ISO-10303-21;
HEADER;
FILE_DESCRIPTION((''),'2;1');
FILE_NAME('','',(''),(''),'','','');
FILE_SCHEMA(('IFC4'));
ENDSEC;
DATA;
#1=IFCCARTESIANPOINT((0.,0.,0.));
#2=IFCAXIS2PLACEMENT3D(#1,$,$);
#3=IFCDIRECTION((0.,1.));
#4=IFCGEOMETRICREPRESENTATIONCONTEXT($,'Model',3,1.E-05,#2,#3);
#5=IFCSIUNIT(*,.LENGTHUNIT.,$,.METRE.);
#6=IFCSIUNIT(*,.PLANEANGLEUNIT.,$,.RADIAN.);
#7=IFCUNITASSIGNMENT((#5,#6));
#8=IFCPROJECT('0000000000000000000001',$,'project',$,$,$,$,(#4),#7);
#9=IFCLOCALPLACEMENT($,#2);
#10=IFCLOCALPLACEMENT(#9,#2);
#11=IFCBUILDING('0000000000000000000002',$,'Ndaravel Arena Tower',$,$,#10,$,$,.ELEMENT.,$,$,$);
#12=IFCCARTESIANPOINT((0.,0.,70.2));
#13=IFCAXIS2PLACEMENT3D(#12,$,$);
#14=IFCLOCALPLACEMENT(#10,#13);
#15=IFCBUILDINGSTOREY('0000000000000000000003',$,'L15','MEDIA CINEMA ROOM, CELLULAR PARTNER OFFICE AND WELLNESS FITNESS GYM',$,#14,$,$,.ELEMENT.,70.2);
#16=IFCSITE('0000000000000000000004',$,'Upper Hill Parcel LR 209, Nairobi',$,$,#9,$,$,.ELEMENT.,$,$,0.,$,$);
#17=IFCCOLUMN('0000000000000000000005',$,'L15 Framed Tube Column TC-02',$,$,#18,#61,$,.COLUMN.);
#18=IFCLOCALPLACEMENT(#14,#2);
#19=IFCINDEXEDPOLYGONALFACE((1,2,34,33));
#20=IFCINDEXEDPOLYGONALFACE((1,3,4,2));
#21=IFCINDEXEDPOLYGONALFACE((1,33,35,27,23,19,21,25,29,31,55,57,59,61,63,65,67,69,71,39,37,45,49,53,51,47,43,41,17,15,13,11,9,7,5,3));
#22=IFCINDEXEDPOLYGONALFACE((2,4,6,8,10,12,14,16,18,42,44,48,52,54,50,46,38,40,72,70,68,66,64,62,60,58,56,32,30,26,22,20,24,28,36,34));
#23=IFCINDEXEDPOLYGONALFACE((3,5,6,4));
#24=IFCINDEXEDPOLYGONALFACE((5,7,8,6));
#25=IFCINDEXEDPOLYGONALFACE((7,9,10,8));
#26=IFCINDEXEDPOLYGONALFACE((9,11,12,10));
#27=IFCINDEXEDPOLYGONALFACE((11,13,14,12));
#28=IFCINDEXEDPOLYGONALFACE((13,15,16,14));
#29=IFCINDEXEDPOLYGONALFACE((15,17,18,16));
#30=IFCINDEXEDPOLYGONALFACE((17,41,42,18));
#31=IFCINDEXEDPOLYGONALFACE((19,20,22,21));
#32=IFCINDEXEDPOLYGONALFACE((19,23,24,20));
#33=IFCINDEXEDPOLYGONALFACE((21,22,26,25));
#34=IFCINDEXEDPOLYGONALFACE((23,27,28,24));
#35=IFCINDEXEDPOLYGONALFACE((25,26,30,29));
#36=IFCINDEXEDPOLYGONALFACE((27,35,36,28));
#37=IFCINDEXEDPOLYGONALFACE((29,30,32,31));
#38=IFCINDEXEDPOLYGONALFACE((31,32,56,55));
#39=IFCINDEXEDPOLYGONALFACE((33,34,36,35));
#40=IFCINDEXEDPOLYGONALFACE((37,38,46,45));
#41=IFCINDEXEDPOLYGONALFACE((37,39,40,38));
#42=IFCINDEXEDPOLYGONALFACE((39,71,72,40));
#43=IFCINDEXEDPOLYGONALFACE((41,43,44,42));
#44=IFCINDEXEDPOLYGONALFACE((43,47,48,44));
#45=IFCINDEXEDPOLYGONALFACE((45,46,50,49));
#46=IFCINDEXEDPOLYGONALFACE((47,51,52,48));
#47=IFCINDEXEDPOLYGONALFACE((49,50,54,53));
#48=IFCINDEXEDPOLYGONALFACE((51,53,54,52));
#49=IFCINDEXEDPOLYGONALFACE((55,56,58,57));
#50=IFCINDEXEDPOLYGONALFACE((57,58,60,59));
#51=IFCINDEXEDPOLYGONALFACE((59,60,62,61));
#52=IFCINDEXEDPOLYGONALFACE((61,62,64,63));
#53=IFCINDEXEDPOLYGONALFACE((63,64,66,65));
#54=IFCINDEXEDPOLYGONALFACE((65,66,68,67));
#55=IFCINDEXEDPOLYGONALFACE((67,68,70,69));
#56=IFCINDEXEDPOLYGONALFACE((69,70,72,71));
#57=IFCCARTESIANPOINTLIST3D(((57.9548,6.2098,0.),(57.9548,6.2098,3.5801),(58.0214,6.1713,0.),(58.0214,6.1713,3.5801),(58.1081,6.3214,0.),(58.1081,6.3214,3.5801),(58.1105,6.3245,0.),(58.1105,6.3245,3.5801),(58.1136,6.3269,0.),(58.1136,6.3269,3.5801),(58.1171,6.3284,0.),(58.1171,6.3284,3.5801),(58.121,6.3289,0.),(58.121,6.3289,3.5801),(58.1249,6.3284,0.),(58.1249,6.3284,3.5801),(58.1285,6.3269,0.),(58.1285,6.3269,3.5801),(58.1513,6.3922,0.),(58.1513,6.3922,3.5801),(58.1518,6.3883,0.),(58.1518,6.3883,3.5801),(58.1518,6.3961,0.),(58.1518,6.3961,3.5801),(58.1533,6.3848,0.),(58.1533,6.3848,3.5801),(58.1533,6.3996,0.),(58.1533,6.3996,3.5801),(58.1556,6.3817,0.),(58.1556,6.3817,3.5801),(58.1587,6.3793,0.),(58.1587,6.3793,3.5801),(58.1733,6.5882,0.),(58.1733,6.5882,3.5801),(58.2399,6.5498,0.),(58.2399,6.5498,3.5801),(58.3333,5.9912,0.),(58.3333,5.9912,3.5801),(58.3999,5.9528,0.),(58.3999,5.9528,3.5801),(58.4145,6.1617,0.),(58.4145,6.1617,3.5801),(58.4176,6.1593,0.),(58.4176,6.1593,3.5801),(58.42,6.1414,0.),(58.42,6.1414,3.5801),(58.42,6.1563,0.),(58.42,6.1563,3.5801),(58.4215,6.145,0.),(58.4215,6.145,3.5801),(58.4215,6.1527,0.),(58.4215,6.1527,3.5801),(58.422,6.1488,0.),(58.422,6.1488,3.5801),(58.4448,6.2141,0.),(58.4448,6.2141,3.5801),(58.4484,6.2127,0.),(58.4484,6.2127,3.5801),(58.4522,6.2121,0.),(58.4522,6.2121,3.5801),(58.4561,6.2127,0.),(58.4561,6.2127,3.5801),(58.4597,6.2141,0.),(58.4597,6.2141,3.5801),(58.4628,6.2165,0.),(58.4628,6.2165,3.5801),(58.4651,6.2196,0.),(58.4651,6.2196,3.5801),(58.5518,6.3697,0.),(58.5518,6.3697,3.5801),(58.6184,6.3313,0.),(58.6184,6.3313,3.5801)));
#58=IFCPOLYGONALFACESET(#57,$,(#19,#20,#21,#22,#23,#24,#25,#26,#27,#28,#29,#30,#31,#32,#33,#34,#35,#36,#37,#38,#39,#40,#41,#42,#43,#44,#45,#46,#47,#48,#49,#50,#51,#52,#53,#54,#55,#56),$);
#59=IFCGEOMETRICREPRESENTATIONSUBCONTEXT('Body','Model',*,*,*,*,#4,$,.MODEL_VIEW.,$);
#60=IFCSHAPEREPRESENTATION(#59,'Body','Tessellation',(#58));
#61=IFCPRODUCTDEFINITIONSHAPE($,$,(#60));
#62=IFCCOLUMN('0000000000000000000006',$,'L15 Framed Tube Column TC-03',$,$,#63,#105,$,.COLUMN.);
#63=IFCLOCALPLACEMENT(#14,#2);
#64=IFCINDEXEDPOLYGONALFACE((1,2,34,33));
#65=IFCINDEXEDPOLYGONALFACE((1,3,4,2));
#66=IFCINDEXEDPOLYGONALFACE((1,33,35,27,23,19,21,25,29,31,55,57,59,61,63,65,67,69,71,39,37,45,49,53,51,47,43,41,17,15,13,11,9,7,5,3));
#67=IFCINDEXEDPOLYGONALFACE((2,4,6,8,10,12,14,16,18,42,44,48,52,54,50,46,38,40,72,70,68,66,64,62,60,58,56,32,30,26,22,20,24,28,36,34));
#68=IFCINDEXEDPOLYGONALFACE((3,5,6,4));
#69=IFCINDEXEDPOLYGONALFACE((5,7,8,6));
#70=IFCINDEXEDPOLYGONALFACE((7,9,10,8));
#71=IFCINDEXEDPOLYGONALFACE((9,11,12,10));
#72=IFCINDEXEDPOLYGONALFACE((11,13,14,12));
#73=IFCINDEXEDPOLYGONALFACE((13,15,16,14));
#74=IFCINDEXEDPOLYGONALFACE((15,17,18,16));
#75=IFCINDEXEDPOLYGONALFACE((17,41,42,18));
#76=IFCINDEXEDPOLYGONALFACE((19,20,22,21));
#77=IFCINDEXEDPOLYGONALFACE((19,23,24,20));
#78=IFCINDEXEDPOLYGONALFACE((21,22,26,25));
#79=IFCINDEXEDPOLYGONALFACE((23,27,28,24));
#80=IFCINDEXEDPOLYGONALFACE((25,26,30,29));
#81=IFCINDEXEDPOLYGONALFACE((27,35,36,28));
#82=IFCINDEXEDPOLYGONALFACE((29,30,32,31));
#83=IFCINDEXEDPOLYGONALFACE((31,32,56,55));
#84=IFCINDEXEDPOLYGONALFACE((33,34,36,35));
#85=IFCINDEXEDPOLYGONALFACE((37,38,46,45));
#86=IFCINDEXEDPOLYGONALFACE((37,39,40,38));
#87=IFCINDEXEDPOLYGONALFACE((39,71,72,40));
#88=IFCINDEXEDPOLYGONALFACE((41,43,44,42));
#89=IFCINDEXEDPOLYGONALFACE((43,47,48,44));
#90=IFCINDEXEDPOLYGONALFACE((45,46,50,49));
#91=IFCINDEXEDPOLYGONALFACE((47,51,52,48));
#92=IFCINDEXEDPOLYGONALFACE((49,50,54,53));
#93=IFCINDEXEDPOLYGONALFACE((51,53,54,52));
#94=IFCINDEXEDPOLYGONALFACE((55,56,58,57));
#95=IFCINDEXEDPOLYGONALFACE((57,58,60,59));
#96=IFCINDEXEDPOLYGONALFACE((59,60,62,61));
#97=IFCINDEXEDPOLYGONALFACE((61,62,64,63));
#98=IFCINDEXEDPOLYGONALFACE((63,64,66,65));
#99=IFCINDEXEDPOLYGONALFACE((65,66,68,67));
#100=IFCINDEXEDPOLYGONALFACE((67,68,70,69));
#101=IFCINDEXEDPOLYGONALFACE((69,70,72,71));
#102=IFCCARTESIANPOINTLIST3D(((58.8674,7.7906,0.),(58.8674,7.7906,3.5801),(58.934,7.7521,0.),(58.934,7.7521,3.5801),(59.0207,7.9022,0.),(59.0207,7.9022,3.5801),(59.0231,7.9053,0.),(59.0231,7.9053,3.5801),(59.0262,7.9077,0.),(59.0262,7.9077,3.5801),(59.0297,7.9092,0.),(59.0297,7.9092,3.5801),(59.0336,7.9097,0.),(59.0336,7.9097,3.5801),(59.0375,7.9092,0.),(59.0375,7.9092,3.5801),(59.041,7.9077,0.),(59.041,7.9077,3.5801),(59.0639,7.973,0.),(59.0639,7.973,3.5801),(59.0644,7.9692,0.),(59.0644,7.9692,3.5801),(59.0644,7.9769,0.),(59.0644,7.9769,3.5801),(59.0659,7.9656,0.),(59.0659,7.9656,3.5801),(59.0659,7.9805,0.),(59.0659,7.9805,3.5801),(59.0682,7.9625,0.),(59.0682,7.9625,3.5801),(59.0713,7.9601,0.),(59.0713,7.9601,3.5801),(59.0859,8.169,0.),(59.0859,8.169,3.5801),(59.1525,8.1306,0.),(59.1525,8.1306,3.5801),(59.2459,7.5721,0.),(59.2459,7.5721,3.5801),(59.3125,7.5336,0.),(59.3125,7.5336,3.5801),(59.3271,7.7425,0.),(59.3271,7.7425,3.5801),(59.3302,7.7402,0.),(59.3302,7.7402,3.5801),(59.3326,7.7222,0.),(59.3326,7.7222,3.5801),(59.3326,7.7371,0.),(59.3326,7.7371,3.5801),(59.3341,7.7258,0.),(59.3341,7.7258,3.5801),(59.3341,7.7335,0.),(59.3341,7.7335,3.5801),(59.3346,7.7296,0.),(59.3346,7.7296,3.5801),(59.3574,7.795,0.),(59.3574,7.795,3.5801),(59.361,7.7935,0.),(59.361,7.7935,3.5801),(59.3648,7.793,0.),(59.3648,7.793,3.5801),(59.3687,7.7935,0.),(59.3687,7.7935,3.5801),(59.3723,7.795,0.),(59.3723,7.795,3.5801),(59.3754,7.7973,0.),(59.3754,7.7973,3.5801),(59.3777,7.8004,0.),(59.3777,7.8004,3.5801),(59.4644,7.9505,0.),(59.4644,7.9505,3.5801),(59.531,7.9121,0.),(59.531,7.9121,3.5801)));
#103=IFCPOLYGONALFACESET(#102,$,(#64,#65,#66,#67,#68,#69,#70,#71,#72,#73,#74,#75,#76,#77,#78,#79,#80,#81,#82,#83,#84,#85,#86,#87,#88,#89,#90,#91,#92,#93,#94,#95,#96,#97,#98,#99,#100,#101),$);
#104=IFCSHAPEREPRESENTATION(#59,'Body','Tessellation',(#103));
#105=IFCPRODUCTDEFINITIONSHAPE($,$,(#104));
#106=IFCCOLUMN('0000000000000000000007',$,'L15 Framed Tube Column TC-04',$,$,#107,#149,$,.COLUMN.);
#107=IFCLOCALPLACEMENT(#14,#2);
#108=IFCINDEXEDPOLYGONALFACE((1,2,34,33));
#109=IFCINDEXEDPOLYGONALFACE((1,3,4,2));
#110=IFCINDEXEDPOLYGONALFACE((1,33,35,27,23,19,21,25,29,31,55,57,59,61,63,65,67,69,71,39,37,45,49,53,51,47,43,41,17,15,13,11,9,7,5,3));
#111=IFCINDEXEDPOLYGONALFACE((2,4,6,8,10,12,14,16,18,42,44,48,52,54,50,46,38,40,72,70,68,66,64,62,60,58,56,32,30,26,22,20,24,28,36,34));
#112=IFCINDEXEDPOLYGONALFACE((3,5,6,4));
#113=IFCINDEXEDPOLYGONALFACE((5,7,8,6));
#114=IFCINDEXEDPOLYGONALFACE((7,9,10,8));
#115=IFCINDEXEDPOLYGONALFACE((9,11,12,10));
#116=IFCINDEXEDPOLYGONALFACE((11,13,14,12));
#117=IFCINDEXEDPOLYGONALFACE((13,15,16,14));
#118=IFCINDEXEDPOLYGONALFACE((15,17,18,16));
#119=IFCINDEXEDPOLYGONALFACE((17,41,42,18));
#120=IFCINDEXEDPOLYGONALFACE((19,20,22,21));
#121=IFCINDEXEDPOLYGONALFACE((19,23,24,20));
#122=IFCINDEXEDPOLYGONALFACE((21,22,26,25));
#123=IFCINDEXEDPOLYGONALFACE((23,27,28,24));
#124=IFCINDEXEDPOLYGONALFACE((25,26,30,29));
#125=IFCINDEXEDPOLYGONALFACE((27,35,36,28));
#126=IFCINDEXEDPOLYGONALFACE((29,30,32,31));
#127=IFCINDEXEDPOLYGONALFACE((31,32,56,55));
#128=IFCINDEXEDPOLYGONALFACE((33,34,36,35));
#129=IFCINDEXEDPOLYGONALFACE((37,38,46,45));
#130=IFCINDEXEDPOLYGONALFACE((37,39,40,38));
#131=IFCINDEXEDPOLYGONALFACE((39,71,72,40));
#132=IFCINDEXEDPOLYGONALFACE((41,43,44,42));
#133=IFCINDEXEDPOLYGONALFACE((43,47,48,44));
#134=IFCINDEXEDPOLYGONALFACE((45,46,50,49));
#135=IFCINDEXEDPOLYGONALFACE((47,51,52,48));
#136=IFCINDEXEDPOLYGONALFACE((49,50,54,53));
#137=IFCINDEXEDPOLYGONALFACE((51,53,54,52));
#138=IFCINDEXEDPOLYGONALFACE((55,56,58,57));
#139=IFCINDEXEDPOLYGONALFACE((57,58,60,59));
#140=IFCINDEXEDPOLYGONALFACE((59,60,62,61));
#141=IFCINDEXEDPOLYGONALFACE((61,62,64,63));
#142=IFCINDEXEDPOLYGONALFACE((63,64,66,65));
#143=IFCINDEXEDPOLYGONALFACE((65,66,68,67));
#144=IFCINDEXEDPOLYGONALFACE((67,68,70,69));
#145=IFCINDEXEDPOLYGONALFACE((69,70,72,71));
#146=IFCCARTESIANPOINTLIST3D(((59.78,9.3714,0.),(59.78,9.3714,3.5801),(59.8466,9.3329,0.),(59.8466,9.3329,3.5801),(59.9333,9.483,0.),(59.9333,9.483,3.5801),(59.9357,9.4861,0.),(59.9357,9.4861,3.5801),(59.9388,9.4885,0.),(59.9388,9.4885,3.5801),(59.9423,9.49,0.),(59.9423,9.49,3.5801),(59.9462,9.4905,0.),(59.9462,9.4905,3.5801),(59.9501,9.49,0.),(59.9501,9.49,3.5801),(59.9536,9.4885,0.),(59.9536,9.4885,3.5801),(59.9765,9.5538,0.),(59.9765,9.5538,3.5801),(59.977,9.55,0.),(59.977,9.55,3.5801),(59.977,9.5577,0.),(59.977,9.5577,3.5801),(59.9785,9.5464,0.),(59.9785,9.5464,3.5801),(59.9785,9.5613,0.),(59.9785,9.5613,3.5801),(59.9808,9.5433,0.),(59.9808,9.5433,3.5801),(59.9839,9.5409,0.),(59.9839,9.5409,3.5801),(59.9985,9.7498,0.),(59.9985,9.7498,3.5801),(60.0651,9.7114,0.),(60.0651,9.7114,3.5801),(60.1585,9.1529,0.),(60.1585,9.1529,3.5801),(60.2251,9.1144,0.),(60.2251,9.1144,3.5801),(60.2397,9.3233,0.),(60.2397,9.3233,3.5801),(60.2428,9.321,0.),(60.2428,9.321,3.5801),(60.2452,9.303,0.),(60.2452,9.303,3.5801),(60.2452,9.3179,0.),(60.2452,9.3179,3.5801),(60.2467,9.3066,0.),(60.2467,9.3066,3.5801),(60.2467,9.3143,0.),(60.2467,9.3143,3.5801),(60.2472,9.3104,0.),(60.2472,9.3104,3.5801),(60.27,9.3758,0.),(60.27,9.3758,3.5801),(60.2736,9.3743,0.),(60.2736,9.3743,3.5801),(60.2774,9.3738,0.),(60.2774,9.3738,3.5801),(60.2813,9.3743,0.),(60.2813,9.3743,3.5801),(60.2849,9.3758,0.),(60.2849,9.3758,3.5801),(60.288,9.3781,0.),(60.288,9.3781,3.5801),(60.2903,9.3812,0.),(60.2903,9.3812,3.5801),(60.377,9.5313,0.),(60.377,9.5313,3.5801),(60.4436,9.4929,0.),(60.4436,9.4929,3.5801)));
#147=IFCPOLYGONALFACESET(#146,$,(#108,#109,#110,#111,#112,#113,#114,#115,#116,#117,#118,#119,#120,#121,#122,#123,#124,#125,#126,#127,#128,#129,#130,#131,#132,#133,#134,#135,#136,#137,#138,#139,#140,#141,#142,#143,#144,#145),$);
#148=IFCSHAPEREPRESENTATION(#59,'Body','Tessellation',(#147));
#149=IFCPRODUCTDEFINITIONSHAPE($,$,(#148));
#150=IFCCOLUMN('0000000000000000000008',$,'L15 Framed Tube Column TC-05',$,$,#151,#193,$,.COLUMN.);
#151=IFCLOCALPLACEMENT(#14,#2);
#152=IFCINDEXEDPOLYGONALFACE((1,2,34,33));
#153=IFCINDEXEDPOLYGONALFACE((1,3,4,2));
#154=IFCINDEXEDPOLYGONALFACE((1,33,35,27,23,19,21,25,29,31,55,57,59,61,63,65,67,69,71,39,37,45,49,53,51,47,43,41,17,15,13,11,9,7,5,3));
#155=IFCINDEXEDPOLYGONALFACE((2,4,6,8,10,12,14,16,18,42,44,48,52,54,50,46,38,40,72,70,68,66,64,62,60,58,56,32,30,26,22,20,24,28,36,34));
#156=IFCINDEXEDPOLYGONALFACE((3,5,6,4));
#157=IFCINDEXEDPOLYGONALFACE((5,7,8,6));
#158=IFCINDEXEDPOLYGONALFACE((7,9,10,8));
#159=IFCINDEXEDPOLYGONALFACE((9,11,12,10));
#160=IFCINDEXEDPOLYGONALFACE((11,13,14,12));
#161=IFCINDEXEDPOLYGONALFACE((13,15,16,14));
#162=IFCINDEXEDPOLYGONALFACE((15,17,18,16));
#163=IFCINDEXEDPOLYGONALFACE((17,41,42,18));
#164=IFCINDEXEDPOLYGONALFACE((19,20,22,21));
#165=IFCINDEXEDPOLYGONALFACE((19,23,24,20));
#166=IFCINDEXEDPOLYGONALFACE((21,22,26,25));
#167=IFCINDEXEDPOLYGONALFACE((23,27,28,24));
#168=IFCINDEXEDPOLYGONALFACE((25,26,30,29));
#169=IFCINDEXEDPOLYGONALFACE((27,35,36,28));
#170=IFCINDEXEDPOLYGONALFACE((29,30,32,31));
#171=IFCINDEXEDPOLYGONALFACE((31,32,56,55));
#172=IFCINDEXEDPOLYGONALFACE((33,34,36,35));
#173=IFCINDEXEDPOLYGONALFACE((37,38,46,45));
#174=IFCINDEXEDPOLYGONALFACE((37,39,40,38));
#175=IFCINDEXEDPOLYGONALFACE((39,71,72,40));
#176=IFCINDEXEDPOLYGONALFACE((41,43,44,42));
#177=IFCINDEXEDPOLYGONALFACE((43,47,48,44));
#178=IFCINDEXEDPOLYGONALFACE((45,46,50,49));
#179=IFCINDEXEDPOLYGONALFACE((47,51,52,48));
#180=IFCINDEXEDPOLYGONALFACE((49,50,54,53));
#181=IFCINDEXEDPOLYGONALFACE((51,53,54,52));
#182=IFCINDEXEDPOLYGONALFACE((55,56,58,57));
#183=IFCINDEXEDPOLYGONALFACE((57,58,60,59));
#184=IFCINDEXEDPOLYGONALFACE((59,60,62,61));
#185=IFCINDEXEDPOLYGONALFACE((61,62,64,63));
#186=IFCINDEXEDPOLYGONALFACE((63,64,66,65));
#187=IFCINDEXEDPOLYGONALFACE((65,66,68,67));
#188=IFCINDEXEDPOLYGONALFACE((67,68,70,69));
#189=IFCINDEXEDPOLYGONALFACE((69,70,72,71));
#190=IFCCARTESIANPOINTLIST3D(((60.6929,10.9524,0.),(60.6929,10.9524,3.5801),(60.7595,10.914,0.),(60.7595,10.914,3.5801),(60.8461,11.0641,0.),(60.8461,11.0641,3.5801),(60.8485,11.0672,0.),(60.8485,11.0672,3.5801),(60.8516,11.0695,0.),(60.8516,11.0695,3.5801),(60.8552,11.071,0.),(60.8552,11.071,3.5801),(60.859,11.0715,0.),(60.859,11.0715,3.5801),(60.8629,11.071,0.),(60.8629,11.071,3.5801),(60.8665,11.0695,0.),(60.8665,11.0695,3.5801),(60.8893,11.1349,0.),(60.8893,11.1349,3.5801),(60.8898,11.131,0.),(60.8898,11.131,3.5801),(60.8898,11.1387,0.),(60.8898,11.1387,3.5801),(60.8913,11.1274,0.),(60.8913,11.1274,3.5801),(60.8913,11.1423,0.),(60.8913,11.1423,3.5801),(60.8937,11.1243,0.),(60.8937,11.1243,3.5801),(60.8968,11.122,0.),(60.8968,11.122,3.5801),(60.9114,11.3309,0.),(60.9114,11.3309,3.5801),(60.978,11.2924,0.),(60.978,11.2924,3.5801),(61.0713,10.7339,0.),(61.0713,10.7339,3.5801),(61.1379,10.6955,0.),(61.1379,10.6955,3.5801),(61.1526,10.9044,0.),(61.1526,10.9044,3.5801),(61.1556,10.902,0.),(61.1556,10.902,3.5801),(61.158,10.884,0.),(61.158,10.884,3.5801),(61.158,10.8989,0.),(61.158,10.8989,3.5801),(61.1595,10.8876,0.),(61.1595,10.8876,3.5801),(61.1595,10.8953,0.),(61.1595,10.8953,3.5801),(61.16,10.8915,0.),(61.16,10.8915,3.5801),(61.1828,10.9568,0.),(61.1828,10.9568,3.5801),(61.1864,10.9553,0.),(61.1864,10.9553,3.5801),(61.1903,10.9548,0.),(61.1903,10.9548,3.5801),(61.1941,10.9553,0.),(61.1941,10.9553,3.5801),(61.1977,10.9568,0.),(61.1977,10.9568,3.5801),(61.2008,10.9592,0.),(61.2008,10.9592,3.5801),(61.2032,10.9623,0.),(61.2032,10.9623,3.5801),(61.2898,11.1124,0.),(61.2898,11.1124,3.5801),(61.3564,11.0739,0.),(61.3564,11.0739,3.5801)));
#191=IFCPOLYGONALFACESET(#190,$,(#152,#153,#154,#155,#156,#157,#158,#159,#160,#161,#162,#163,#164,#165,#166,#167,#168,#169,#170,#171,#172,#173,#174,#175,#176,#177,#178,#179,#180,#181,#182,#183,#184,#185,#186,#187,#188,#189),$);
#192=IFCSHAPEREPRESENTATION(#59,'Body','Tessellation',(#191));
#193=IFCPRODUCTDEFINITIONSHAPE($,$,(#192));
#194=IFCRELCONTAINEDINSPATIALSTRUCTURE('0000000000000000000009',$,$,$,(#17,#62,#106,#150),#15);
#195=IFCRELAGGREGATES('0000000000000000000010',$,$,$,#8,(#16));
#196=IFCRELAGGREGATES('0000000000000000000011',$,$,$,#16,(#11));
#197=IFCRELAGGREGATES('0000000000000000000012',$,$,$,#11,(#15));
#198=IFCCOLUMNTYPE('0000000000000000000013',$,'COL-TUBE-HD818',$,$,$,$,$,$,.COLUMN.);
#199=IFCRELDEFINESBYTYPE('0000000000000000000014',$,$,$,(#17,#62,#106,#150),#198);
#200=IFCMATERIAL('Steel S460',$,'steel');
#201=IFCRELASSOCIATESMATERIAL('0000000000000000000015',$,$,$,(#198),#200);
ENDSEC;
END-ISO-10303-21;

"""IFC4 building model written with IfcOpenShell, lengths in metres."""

from ifc_helpers import new_model, si_unit, direction, frame, origin, origin_2d, place, context, subcontext, project, spatial, i_section, extrude, material, material_profile, profile_set, type_object, element, save


model = new_model("IFC4")

# Units and contexts
model_context = context("Model", 3, precision=1e-05, world=origin(), true_north=direction((0.0, 1.0)))
body_context = subcontext(model_context, "Body", "Model", "MODEL_VIEW")
ifc_project = project(units=[si_unit("LENGTHUNIT", "METRE"), si_unit("PLANEANGLEUNIT", "RADIAN")], contexts=[model_context])

# Site, building, storey
site_placement = place(None, origin())
site = spatial("IfcSite", under=ifc_project, at=site_placement, Name="Upper Hill Parcel LR 209, Nairobi", CompositionType="ELEMENT", RefElevation=0.0)
building_placement = place(site_placement, origin())
building = spatial("IfcBuilding", under=site, at=building_placement, Name="Ndaravel Arena Tower", CompositionType="ELEMENT")
storey_placement = place(building_placement, frame((0.0, 0.0, 70.2)))
storey = spatial("IfcBuildingStorey", under=building, at=storey_placement, Name="L15", Description="MEDIA CINEMA ROOM, CELLULAR PARTNER OFFICE AND WELLNESS FITNESS GYM", CompositionType="ELEMENT", Elevation=70.2)

# Columns
ifc_material_1 = material(Name="Steel S460", Category="steel")
ifc_material_profile_1 = material_profile(ifc_material_1, i_section(OverallWidth=0.437, OverallDepth=0.5139, WebThickness=0.0605, FlangeThickness=0.0769, FilletRadius=0.0149, at=origin_2d()), Name="HD 400x818")
ifc_profile_set_1 = profile_set([ifc_material_profile_1], Name="Steel S460")
column_type = type_object("IfcColumnType", Name="COL-TUBE-HD818", PredefinedType="COLUMN", material=ifc_profile_set_1)
for number, where, z_axis, x_axis, name in (
    (1, (58.2866, 6.2705, 0.0), (0.0, 0.0, 1.0), (0.5, 0.866025, 0.0), "L15 Framed Tube Column TC-02"),
    (2, (59.1992, 7.8513, 0.0), (0.0, 0.0, 1.0), (0.5, 0.866025, 0.0), "L15 Framed Tube Column TC-03"),
    (3, (60.1118, 9.4321, 0.0), (0.0, 0.0, 1.0), (0.5, 0.866025, 0.0), "L15 Framed Tube Column TC-04"),
    (4, (61.0247, 11.0132, 0.0), (0.0, 0.0, 1.0), (0.5, 0.866025, 0.0), "L15 Framed Tube Column TC-05"),
):
    element("IfcColumn", number, at=place(storey_placement, frame(where, z_axis=z_axis, x_axis=x_axis)), inside=storey, type_object=column_type, Name=name, PredefinedType="COLUMN", context=body_context, shape_type="SweptSolid", body=[
        extrude(i_section(OverallWidth=0.437, OverallDepth=0.5139, WebThickness=0.0605, FlangeThickness=0.0769, FilletRadius=0.0149, at=origin_2d()), origin(), (0.0, 0.0, 1.0), 3.5801),
    ])

save(model, "model.ifc")
